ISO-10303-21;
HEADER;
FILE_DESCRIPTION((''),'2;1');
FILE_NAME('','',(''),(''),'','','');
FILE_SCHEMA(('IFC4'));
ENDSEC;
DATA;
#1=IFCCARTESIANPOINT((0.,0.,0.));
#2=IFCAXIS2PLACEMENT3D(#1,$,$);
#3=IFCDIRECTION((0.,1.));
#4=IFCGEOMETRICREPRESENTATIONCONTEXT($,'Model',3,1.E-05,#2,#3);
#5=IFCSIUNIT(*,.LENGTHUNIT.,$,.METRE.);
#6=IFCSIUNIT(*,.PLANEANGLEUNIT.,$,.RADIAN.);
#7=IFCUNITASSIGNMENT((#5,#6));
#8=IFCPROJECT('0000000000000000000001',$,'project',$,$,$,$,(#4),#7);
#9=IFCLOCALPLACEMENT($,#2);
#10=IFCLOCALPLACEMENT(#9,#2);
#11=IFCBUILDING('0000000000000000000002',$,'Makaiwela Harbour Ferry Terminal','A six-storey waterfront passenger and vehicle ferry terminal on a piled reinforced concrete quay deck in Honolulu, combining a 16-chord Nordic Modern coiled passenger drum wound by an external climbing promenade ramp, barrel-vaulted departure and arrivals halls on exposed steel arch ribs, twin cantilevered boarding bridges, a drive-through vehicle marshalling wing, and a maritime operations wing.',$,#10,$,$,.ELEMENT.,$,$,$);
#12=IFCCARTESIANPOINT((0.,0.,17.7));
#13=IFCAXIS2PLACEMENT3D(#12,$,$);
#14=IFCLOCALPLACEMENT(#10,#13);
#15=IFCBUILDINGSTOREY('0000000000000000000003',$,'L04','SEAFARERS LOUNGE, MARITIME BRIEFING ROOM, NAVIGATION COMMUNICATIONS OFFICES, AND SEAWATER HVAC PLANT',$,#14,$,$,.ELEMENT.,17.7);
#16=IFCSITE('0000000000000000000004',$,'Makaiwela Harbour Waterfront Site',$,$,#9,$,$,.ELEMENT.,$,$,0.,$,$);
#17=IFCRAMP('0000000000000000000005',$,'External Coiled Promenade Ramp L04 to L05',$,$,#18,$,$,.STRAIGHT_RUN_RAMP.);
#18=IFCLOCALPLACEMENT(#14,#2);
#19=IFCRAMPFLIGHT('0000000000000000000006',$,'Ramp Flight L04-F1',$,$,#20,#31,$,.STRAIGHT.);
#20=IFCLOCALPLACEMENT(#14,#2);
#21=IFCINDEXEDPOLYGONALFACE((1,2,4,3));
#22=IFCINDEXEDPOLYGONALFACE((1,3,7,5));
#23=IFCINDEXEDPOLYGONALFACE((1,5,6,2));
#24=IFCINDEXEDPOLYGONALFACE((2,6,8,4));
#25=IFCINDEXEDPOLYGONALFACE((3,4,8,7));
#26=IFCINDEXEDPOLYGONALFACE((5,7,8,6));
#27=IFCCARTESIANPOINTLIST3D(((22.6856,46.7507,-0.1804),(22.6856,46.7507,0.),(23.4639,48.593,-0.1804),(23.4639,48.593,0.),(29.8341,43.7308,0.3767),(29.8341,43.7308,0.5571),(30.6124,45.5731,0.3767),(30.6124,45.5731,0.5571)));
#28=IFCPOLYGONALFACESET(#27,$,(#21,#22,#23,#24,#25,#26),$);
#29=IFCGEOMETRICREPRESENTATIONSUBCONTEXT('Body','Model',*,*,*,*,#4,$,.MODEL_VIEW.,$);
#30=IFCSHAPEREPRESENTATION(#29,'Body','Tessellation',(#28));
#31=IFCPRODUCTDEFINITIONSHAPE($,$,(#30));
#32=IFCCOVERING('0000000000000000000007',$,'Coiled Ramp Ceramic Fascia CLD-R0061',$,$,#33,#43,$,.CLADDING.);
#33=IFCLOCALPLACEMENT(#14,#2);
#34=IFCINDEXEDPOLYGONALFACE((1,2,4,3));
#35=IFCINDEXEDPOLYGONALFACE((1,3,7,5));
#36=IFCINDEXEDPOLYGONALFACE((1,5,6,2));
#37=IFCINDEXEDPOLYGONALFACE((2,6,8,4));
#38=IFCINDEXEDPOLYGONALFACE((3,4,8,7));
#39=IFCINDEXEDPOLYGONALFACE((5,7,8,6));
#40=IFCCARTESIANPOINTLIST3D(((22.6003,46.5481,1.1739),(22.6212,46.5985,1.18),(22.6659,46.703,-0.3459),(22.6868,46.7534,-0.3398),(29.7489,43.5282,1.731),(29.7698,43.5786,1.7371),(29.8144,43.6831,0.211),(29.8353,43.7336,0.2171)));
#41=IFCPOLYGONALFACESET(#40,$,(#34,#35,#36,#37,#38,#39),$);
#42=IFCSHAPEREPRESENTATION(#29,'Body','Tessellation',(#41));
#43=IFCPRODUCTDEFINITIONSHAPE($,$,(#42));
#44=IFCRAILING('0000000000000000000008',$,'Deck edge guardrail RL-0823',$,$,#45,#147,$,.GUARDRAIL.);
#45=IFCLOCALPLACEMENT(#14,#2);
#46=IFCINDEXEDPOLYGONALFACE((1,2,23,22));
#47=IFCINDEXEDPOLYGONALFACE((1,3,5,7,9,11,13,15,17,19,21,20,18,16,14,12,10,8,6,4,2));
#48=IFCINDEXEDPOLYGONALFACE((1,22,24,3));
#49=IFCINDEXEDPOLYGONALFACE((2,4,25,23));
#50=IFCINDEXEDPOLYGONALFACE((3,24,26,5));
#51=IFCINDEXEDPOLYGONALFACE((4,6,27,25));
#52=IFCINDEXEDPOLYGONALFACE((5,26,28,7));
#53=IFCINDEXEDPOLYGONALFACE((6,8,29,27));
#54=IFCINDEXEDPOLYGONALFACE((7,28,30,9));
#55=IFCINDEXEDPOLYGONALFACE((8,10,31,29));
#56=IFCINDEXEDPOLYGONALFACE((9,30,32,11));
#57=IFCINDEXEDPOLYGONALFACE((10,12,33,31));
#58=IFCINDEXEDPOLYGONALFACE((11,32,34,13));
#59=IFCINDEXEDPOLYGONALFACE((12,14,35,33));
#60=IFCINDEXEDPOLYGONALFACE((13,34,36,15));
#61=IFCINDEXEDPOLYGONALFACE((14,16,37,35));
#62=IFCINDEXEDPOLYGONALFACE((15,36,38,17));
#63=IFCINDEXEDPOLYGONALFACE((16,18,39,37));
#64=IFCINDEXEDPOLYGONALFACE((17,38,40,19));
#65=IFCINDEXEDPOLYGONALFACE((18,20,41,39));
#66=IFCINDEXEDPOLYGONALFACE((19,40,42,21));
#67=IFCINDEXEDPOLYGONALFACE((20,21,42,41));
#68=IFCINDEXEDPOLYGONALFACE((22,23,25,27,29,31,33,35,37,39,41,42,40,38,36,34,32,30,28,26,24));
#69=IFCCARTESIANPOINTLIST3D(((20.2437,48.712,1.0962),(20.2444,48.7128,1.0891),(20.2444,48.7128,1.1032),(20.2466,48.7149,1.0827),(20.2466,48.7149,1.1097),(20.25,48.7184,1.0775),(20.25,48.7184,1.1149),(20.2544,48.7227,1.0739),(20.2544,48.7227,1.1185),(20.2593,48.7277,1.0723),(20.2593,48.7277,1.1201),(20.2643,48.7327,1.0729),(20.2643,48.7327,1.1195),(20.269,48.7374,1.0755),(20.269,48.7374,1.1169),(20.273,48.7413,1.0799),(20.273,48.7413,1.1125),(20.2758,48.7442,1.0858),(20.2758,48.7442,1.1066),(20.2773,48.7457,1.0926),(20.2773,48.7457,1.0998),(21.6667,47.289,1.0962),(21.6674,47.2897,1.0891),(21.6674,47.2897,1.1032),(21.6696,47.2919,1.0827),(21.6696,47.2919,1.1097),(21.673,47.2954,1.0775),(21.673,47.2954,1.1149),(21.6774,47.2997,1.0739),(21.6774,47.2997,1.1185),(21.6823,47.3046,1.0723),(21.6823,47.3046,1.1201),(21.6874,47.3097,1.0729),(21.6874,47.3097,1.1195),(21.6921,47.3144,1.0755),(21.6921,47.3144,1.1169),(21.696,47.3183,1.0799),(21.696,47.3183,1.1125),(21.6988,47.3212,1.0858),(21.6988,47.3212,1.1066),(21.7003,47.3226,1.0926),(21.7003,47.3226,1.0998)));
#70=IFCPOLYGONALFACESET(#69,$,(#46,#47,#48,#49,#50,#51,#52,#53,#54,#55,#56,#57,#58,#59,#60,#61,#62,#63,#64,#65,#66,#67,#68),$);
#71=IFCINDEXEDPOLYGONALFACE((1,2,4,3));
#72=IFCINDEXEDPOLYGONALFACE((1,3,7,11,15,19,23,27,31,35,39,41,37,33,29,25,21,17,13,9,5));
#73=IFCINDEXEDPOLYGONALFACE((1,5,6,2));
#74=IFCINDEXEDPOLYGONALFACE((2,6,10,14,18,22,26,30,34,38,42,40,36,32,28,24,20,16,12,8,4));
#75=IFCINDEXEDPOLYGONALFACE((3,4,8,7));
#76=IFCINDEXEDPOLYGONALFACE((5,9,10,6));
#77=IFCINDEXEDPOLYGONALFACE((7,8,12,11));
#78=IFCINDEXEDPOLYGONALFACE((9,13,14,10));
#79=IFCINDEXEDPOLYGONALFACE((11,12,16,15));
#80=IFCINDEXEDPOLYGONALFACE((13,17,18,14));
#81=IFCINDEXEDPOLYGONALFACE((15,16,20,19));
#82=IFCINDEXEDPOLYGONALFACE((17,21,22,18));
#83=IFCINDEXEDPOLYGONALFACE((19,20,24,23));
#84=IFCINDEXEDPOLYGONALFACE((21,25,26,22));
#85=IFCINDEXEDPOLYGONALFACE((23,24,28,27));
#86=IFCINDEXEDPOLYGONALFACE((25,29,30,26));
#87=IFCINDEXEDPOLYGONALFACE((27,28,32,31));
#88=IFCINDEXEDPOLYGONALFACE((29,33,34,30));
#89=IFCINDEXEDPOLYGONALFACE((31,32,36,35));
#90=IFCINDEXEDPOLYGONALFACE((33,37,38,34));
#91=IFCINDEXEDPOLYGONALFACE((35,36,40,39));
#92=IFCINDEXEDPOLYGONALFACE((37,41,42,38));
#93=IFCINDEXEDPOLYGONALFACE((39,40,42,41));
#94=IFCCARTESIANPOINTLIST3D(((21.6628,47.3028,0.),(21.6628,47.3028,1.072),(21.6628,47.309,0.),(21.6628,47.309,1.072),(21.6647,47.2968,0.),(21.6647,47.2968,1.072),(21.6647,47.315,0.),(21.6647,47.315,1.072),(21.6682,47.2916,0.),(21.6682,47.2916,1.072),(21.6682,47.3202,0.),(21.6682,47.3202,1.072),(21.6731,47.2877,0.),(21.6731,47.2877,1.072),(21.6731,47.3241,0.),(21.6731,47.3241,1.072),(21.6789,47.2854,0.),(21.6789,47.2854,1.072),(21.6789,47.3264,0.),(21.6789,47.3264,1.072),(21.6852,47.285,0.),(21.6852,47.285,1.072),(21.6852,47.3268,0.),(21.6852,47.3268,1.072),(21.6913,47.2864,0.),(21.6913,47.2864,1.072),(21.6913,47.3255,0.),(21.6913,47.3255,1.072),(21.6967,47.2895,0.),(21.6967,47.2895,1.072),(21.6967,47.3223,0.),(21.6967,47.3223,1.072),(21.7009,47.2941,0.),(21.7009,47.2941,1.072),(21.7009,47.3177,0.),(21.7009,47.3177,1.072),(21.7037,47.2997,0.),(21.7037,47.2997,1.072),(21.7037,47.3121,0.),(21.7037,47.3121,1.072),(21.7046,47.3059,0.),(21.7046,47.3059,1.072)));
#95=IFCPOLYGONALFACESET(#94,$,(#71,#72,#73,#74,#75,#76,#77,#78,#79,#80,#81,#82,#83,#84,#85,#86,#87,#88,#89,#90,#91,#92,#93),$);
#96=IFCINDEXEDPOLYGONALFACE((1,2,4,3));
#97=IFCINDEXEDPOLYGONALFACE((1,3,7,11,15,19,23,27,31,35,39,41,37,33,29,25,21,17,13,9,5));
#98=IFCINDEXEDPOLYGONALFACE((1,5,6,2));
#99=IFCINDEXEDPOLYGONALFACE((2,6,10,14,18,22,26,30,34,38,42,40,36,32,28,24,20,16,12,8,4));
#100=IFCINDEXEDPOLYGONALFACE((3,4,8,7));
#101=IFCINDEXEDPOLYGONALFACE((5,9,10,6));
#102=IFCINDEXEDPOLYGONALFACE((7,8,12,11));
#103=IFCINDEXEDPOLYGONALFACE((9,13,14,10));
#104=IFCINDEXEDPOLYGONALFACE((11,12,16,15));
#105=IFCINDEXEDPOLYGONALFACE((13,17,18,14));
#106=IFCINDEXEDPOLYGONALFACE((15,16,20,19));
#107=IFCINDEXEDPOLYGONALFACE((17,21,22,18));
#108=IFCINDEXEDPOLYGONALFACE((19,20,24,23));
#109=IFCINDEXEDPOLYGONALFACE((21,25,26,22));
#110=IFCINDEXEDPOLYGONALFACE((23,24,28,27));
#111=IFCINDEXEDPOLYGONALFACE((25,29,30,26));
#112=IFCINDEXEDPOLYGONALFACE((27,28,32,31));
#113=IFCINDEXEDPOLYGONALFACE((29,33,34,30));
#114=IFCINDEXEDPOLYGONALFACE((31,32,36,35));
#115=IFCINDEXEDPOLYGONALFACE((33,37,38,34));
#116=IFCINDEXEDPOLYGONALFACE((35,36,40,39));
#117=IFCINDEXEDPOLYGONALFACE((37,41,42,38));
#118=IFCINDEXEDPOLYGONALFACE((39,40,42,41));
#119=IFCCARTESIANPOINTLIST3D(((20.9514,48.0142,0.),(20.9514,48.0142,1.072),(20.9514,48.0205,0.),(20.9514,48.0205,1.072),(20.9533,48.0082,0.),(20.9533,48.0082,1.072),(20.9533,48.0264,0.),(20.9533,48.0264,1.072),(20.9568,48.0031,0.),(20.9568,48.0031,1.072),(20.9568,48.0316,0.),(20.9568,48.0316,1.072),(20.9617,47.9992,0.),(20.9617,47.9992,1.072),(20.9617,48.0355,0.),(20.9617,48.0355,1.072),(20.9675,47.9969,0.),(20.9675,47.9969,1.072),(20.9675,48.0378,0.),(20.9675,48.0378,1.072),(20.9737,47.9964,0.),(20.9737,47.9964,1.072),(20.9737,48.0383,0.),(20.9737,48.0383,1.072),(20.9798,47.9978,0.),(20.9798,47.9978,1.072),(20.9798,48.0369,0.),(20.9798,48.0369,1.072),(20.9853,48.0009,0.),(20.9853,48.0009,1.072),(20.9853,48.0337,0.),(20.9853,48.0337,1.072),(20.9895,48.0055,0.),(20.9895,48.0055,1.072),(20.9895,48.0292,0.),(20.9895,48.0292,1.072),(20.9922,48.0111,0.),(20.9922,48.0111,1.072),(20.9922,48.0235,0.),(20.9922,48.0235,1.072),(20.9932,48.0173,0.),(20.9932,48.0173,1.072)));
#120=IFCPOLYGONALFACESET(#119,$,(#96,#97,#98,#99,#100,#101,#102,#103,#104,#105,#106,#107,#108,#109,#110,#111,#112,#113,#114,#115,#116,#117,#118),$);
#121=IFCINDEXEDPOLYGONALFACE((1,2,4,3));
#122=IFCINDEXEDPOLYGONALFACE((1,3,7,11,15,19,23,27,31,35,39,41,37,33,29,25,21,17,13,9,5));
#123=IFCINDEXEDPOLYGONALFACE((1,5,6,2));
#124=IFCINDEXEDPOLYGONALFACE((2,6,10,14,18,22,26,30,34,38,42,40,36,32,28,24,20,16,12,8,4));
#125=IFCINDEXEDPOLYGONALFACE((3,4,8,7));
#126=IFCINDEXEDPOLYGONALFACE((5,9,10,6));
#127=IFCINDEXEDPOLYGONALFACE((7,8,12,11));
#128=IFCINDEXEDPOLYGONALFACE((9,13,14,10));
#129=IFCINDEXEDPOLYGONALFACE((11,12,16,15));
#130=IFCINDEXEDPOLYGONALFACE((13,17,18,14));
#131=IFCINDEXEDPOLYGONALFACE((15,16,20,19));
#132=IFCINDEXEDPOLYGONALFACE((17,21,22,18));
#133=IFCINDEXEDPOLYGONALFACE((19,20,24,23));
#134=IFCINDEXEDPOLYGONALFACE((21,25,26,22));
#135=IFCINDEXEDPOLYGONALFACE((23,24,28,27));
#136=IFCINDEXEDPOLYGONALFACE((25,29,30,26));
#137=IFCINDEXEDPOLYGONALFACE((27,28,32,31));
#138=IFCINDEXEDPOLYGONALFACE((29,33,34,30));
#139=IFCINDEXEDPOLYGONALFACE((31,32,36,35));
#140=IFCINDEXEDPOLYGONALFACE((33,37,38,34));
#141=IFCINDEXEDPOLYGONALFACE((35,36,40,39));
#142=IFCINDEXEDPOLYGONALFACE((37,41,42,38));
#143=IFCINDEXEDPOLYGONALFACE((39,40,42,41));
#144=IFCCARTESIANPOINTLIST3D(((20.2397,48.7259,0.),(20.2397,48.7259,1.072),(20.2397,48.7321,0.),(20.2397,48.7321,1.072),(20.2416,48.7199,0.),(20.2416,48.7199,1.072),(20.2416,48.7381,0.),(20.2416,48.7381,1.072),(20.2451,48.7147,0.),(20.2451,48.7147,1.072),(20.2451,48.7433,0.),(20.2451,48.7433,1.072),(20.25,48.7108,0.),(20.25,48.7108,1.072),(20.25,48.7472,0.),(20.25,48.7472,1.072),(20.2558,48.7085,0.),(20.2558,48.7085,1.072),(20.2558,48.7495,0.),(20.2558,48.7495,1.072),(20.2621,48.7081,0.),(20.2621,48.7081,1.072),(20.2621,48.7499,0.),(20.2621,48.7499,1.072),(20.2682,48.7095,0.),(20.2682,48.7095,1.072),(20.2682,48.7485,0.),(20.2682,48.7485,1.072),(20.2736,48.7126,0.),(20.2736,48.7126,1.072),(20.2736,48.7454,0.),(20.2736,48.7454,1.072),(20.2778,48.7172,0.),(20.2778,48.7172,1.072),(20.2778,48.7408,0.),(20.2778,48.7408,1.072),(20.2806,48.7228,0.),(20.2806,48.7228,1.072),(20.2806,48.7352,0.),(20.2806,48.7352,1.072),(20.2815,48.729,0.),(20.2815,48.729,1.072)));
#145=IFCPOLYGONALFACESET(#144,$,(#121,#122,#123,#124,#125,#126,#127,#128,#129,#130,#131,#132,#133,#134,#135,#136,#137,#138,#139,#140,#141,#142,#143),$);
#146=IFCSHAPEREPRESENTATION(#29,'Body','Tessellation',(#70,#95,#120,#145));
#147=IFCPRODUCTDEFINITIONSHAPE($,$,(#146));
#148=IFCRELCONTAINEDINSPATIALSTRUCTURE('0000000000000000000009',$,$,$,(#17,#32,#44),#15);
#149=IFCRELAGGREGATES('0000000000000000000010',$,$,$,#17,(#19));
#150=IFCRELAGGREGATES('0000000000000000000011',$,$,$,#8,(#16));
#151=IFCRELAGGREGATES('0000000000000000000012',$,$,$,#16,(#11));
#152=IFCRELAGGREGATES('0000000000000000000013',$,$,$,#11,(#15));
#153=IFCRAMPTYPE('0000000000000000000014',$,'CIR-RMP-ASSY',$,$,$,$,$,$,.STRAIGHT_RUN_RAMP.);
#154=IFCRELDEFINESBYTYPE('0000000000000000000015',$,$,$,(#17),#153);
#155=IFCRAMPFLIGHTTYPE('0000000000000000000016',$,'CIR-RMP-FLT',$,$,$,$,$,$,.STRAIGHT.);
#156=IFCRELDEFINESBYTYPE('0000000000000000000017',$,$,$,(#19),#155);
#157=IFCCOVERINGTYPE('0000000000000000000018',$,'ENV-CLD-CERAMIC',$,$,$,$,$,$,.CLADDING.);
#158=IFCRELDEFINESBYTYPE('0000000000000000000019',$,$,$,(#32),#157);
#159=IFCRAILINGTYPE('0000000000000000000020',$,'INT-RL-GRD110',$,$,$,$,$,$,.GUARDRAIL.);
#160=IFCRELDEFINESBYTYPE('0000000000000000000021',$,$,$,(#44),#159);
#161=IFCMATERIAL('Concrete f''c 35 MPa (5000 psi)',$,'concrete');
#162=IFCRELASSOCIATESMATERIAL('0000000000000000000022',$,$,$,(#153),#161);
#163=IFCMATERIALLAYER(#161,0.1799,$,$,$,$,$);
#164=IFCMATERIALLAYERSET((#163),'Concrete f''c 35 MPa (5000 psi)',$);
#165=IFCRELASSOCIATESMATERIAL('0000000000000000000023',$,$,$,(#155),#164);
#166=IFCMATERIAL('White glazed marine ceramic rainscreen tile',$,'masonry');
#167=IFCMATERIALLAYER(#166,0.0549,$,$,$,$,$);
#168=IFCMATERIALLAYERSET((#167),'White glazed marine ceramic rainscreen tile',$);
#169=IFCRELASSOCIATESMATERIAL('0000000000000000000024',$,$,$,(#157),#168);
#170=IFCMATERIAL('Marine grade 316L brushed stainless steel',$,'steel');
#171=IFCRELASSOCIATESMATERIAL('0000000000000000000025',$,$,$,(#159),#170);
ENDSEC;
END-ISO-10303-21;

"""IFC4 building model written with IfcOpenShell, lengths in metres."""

from ifc_helpers import new_model, si_unit, direction, frame, origin, origin_2d, place, context, subcontext, project, spatial, polyline, circle, outline, extrude, material, layer, layer_set, type_object, element, aggregate, save


model = new_model("IFC4")

# Units and contexts
model_context = context("Model", 3, precision=1e-05, world=origin(), true_north=direction((0.0, 1.0)))
body_context = subcontext(model_context, "Body", "Model", "MODEL_VIEW")
ifc_project = project(units=[si_unit("LENGTHUNIT", "METRE"), si_unit("PLANEANGLEUNIT", "RADIAN")], contexts=[model_context])

# Site, building, storey
site_placement = place(None, origin())
site = spatial("IfcSite", under=ifc_project, at=site_placement, Name="Makaiwela Harbour Waterfront Site", CompositionType="ELEMENT", RefElevation=0.0)
building_placement = place(site_placement, origin())
building = spatial("IfcBuilding", under=site, at=building_placement, Name="Makaiwela Harbour Ferry Terminal", Description="A six-storey waterfront passenger and vehicle ferry terminal on a piled reinforced concrete quay deck in Honolulu, combining a 16-chord Nordic Modern coiled passenger drum wound by an external climbing promenade ramp, barrel-vaulted departure and arrivals halls on exposed steel arch ribs, twin cantilevered boarding bridges, a drive-through vehicle marshalling wing, and a maritime operations wing.", CompositionType="ELEMENT")
storey_placement = place(building_placement, frame((0.0, 0.0, 17.7)))
storey = spatial("IfcBuildingStorey", under=building, at=storey_placement, Name="L04", Description="SEAFARERS LOUNGE, MARITIME BRIEFING ROOM, NAVIGATION COMMUNICATIONS OFFICES, AND SEAWATER HVAC PLANT", CompositionType="ELEMENT", Elevation=17.7)

# Ramp, ramp flight
ifc_material_1 = material(Name="Concrete f'c 35 MPa (5000 psi)", Category="concrete")
ramp_type = type_object("IfcRampType", Name="CIR-RMP-ASSY", PredefinedType="STRAIGHT_RUN_RAMP", material=ifc_material_1)
ramp_placement = place(storey_placement, origin())
ramp = element("IfcRamp", 1, at=ramp_placement, inside=storey, type_object=ramp_type, Name="External Coiled Promenade Ramp L04 to L05", PredefinedType="STRAIGHT_RUN_RAMP")
ifc_layer_1 = layer(ifc_material_1, 0.1799)
ifc_layer_set_1 = layer_set([ifc_layer_1], Name="Concrete f'c 35 MPa (5000 psi)")
ramp_flight_type = type_object("IfcRampFlightType", Name="CIR-RMP-FLT", PredefinedType="STRAIGHT", material=ifc_layer_set_1)
ramp_flight_placement = place(storey_placement, frame((23.0747, 47.6719, 0.0), z_axis=(0.0, 0.0, 1.0), x_axis=(0.921172, -0.389156, 0.0)))
ramp_flight = element("IfcRampFlight", 2, at=ramp_flight_placement, type_object=ramp_flight_type, Name="Ramp Flight L04-F1", PredefinedType="STRAIGHT", context=body_context, shape_type="SweptSolid", body=[
    extrude(outline(polyline([(0.0, 0.0), (7.7603, 0.5571), (7.7603, 0.3767), (0.0, -0.1804), (0.0, 0.0)])), frame((0.0, 1.0, 0.0), z_axis=(0.0, -1.0, 0.0), x_axis=(1.0, 0.0, 0.0)), (0.0, 0.0, 1.0), 2.0),
])
aggregate(ramp, [ramp_flight])

# Covering
ifc_material_2 = material(Name="White glazed marine ceramic rainscreen tile", Category="masonry")
ifc_layer_2 = layer(ifc_material_2, 0.0549)
ifc_layer_set_2 = layer_set([ifc_layer_2], Name="White glazed marine ceramic rainscreen tile")
covering_type = type_object("IfcCoveringType", Name="ENV-CLD-CERAMIC", PredefinedType="CLADDING", material=ifc_layer_set_2)
covering_placement = place(storey_placement, frame((22.6868, 46.7534, -0.3398), z_axis=(0.379503, 0.918629, 0.109994), x_axis=(0.918812, -0.388149, 0.07158)))
element("IfcCovering", 3, at=covering_placement, inside=storey, type_object=covering_type, Name="Coiled Ramp Ceramic Fascia CLD-R0061", PredefinedType="CLADDING", context=body_context, shape_type="SweptSolid", body=[
    extrude(outline(polyline([(0.0, 0.0), (7.7802, 0.0), (7.8889, -1.5254), (0.1086, -1.5252), (0.0, 0.0)])), origin(), (0.0, 0.0, -1.0), 0.0549),
])

# Railing
ifc_material_3 = material(Name="Marine grade 316L brushed stainless steel", Category="steel")
railing_type_1 = type_object("IfcRailingType", Name="INT-RL-GRD110", PredefinedType="GUARDRAIL", material=ifc_material_3)
railing_1_placement = place(storey_placement, frame((21.6836, 47.3059, 0.0)))
element("IfcRailing", 4, at=railing_1_placement, inside=storey, type_object=railing_type_1, Name="Deck edge guardrail RL-0823", PredefinedType="GUARDRAIL", context=body_context, shape_type="SweptSolid", body=[
    extrude(circle(Radius=0.0239, at=origin_2d()), frame((0.0, 0.0, 1.0962), z_axis=(-0.707107, 0.707107, 0.0), x_axis=(-0.707107, -0.707107, 0.0)), (0.0, 0.0, 1.0), 2.0125),
    extrude(circle(Radius=0.021, at=origin_2d()), origin(), (0.0, 0.0, 1.0), 1.072),
    extrude(circle(Radius=0.021, at=origin_2d()), frame((-0.7114, 0.7114, 0.0)), (0.0, 0.0, 1.0), 1.072),
    extrude(circle(Radius=0.021, at=origin_2d()), frame((-1.4231, 1.4231, 0.0)), (0.0, 0.0, 1.0), 1.072),
])

save(model, "model.ifc")
